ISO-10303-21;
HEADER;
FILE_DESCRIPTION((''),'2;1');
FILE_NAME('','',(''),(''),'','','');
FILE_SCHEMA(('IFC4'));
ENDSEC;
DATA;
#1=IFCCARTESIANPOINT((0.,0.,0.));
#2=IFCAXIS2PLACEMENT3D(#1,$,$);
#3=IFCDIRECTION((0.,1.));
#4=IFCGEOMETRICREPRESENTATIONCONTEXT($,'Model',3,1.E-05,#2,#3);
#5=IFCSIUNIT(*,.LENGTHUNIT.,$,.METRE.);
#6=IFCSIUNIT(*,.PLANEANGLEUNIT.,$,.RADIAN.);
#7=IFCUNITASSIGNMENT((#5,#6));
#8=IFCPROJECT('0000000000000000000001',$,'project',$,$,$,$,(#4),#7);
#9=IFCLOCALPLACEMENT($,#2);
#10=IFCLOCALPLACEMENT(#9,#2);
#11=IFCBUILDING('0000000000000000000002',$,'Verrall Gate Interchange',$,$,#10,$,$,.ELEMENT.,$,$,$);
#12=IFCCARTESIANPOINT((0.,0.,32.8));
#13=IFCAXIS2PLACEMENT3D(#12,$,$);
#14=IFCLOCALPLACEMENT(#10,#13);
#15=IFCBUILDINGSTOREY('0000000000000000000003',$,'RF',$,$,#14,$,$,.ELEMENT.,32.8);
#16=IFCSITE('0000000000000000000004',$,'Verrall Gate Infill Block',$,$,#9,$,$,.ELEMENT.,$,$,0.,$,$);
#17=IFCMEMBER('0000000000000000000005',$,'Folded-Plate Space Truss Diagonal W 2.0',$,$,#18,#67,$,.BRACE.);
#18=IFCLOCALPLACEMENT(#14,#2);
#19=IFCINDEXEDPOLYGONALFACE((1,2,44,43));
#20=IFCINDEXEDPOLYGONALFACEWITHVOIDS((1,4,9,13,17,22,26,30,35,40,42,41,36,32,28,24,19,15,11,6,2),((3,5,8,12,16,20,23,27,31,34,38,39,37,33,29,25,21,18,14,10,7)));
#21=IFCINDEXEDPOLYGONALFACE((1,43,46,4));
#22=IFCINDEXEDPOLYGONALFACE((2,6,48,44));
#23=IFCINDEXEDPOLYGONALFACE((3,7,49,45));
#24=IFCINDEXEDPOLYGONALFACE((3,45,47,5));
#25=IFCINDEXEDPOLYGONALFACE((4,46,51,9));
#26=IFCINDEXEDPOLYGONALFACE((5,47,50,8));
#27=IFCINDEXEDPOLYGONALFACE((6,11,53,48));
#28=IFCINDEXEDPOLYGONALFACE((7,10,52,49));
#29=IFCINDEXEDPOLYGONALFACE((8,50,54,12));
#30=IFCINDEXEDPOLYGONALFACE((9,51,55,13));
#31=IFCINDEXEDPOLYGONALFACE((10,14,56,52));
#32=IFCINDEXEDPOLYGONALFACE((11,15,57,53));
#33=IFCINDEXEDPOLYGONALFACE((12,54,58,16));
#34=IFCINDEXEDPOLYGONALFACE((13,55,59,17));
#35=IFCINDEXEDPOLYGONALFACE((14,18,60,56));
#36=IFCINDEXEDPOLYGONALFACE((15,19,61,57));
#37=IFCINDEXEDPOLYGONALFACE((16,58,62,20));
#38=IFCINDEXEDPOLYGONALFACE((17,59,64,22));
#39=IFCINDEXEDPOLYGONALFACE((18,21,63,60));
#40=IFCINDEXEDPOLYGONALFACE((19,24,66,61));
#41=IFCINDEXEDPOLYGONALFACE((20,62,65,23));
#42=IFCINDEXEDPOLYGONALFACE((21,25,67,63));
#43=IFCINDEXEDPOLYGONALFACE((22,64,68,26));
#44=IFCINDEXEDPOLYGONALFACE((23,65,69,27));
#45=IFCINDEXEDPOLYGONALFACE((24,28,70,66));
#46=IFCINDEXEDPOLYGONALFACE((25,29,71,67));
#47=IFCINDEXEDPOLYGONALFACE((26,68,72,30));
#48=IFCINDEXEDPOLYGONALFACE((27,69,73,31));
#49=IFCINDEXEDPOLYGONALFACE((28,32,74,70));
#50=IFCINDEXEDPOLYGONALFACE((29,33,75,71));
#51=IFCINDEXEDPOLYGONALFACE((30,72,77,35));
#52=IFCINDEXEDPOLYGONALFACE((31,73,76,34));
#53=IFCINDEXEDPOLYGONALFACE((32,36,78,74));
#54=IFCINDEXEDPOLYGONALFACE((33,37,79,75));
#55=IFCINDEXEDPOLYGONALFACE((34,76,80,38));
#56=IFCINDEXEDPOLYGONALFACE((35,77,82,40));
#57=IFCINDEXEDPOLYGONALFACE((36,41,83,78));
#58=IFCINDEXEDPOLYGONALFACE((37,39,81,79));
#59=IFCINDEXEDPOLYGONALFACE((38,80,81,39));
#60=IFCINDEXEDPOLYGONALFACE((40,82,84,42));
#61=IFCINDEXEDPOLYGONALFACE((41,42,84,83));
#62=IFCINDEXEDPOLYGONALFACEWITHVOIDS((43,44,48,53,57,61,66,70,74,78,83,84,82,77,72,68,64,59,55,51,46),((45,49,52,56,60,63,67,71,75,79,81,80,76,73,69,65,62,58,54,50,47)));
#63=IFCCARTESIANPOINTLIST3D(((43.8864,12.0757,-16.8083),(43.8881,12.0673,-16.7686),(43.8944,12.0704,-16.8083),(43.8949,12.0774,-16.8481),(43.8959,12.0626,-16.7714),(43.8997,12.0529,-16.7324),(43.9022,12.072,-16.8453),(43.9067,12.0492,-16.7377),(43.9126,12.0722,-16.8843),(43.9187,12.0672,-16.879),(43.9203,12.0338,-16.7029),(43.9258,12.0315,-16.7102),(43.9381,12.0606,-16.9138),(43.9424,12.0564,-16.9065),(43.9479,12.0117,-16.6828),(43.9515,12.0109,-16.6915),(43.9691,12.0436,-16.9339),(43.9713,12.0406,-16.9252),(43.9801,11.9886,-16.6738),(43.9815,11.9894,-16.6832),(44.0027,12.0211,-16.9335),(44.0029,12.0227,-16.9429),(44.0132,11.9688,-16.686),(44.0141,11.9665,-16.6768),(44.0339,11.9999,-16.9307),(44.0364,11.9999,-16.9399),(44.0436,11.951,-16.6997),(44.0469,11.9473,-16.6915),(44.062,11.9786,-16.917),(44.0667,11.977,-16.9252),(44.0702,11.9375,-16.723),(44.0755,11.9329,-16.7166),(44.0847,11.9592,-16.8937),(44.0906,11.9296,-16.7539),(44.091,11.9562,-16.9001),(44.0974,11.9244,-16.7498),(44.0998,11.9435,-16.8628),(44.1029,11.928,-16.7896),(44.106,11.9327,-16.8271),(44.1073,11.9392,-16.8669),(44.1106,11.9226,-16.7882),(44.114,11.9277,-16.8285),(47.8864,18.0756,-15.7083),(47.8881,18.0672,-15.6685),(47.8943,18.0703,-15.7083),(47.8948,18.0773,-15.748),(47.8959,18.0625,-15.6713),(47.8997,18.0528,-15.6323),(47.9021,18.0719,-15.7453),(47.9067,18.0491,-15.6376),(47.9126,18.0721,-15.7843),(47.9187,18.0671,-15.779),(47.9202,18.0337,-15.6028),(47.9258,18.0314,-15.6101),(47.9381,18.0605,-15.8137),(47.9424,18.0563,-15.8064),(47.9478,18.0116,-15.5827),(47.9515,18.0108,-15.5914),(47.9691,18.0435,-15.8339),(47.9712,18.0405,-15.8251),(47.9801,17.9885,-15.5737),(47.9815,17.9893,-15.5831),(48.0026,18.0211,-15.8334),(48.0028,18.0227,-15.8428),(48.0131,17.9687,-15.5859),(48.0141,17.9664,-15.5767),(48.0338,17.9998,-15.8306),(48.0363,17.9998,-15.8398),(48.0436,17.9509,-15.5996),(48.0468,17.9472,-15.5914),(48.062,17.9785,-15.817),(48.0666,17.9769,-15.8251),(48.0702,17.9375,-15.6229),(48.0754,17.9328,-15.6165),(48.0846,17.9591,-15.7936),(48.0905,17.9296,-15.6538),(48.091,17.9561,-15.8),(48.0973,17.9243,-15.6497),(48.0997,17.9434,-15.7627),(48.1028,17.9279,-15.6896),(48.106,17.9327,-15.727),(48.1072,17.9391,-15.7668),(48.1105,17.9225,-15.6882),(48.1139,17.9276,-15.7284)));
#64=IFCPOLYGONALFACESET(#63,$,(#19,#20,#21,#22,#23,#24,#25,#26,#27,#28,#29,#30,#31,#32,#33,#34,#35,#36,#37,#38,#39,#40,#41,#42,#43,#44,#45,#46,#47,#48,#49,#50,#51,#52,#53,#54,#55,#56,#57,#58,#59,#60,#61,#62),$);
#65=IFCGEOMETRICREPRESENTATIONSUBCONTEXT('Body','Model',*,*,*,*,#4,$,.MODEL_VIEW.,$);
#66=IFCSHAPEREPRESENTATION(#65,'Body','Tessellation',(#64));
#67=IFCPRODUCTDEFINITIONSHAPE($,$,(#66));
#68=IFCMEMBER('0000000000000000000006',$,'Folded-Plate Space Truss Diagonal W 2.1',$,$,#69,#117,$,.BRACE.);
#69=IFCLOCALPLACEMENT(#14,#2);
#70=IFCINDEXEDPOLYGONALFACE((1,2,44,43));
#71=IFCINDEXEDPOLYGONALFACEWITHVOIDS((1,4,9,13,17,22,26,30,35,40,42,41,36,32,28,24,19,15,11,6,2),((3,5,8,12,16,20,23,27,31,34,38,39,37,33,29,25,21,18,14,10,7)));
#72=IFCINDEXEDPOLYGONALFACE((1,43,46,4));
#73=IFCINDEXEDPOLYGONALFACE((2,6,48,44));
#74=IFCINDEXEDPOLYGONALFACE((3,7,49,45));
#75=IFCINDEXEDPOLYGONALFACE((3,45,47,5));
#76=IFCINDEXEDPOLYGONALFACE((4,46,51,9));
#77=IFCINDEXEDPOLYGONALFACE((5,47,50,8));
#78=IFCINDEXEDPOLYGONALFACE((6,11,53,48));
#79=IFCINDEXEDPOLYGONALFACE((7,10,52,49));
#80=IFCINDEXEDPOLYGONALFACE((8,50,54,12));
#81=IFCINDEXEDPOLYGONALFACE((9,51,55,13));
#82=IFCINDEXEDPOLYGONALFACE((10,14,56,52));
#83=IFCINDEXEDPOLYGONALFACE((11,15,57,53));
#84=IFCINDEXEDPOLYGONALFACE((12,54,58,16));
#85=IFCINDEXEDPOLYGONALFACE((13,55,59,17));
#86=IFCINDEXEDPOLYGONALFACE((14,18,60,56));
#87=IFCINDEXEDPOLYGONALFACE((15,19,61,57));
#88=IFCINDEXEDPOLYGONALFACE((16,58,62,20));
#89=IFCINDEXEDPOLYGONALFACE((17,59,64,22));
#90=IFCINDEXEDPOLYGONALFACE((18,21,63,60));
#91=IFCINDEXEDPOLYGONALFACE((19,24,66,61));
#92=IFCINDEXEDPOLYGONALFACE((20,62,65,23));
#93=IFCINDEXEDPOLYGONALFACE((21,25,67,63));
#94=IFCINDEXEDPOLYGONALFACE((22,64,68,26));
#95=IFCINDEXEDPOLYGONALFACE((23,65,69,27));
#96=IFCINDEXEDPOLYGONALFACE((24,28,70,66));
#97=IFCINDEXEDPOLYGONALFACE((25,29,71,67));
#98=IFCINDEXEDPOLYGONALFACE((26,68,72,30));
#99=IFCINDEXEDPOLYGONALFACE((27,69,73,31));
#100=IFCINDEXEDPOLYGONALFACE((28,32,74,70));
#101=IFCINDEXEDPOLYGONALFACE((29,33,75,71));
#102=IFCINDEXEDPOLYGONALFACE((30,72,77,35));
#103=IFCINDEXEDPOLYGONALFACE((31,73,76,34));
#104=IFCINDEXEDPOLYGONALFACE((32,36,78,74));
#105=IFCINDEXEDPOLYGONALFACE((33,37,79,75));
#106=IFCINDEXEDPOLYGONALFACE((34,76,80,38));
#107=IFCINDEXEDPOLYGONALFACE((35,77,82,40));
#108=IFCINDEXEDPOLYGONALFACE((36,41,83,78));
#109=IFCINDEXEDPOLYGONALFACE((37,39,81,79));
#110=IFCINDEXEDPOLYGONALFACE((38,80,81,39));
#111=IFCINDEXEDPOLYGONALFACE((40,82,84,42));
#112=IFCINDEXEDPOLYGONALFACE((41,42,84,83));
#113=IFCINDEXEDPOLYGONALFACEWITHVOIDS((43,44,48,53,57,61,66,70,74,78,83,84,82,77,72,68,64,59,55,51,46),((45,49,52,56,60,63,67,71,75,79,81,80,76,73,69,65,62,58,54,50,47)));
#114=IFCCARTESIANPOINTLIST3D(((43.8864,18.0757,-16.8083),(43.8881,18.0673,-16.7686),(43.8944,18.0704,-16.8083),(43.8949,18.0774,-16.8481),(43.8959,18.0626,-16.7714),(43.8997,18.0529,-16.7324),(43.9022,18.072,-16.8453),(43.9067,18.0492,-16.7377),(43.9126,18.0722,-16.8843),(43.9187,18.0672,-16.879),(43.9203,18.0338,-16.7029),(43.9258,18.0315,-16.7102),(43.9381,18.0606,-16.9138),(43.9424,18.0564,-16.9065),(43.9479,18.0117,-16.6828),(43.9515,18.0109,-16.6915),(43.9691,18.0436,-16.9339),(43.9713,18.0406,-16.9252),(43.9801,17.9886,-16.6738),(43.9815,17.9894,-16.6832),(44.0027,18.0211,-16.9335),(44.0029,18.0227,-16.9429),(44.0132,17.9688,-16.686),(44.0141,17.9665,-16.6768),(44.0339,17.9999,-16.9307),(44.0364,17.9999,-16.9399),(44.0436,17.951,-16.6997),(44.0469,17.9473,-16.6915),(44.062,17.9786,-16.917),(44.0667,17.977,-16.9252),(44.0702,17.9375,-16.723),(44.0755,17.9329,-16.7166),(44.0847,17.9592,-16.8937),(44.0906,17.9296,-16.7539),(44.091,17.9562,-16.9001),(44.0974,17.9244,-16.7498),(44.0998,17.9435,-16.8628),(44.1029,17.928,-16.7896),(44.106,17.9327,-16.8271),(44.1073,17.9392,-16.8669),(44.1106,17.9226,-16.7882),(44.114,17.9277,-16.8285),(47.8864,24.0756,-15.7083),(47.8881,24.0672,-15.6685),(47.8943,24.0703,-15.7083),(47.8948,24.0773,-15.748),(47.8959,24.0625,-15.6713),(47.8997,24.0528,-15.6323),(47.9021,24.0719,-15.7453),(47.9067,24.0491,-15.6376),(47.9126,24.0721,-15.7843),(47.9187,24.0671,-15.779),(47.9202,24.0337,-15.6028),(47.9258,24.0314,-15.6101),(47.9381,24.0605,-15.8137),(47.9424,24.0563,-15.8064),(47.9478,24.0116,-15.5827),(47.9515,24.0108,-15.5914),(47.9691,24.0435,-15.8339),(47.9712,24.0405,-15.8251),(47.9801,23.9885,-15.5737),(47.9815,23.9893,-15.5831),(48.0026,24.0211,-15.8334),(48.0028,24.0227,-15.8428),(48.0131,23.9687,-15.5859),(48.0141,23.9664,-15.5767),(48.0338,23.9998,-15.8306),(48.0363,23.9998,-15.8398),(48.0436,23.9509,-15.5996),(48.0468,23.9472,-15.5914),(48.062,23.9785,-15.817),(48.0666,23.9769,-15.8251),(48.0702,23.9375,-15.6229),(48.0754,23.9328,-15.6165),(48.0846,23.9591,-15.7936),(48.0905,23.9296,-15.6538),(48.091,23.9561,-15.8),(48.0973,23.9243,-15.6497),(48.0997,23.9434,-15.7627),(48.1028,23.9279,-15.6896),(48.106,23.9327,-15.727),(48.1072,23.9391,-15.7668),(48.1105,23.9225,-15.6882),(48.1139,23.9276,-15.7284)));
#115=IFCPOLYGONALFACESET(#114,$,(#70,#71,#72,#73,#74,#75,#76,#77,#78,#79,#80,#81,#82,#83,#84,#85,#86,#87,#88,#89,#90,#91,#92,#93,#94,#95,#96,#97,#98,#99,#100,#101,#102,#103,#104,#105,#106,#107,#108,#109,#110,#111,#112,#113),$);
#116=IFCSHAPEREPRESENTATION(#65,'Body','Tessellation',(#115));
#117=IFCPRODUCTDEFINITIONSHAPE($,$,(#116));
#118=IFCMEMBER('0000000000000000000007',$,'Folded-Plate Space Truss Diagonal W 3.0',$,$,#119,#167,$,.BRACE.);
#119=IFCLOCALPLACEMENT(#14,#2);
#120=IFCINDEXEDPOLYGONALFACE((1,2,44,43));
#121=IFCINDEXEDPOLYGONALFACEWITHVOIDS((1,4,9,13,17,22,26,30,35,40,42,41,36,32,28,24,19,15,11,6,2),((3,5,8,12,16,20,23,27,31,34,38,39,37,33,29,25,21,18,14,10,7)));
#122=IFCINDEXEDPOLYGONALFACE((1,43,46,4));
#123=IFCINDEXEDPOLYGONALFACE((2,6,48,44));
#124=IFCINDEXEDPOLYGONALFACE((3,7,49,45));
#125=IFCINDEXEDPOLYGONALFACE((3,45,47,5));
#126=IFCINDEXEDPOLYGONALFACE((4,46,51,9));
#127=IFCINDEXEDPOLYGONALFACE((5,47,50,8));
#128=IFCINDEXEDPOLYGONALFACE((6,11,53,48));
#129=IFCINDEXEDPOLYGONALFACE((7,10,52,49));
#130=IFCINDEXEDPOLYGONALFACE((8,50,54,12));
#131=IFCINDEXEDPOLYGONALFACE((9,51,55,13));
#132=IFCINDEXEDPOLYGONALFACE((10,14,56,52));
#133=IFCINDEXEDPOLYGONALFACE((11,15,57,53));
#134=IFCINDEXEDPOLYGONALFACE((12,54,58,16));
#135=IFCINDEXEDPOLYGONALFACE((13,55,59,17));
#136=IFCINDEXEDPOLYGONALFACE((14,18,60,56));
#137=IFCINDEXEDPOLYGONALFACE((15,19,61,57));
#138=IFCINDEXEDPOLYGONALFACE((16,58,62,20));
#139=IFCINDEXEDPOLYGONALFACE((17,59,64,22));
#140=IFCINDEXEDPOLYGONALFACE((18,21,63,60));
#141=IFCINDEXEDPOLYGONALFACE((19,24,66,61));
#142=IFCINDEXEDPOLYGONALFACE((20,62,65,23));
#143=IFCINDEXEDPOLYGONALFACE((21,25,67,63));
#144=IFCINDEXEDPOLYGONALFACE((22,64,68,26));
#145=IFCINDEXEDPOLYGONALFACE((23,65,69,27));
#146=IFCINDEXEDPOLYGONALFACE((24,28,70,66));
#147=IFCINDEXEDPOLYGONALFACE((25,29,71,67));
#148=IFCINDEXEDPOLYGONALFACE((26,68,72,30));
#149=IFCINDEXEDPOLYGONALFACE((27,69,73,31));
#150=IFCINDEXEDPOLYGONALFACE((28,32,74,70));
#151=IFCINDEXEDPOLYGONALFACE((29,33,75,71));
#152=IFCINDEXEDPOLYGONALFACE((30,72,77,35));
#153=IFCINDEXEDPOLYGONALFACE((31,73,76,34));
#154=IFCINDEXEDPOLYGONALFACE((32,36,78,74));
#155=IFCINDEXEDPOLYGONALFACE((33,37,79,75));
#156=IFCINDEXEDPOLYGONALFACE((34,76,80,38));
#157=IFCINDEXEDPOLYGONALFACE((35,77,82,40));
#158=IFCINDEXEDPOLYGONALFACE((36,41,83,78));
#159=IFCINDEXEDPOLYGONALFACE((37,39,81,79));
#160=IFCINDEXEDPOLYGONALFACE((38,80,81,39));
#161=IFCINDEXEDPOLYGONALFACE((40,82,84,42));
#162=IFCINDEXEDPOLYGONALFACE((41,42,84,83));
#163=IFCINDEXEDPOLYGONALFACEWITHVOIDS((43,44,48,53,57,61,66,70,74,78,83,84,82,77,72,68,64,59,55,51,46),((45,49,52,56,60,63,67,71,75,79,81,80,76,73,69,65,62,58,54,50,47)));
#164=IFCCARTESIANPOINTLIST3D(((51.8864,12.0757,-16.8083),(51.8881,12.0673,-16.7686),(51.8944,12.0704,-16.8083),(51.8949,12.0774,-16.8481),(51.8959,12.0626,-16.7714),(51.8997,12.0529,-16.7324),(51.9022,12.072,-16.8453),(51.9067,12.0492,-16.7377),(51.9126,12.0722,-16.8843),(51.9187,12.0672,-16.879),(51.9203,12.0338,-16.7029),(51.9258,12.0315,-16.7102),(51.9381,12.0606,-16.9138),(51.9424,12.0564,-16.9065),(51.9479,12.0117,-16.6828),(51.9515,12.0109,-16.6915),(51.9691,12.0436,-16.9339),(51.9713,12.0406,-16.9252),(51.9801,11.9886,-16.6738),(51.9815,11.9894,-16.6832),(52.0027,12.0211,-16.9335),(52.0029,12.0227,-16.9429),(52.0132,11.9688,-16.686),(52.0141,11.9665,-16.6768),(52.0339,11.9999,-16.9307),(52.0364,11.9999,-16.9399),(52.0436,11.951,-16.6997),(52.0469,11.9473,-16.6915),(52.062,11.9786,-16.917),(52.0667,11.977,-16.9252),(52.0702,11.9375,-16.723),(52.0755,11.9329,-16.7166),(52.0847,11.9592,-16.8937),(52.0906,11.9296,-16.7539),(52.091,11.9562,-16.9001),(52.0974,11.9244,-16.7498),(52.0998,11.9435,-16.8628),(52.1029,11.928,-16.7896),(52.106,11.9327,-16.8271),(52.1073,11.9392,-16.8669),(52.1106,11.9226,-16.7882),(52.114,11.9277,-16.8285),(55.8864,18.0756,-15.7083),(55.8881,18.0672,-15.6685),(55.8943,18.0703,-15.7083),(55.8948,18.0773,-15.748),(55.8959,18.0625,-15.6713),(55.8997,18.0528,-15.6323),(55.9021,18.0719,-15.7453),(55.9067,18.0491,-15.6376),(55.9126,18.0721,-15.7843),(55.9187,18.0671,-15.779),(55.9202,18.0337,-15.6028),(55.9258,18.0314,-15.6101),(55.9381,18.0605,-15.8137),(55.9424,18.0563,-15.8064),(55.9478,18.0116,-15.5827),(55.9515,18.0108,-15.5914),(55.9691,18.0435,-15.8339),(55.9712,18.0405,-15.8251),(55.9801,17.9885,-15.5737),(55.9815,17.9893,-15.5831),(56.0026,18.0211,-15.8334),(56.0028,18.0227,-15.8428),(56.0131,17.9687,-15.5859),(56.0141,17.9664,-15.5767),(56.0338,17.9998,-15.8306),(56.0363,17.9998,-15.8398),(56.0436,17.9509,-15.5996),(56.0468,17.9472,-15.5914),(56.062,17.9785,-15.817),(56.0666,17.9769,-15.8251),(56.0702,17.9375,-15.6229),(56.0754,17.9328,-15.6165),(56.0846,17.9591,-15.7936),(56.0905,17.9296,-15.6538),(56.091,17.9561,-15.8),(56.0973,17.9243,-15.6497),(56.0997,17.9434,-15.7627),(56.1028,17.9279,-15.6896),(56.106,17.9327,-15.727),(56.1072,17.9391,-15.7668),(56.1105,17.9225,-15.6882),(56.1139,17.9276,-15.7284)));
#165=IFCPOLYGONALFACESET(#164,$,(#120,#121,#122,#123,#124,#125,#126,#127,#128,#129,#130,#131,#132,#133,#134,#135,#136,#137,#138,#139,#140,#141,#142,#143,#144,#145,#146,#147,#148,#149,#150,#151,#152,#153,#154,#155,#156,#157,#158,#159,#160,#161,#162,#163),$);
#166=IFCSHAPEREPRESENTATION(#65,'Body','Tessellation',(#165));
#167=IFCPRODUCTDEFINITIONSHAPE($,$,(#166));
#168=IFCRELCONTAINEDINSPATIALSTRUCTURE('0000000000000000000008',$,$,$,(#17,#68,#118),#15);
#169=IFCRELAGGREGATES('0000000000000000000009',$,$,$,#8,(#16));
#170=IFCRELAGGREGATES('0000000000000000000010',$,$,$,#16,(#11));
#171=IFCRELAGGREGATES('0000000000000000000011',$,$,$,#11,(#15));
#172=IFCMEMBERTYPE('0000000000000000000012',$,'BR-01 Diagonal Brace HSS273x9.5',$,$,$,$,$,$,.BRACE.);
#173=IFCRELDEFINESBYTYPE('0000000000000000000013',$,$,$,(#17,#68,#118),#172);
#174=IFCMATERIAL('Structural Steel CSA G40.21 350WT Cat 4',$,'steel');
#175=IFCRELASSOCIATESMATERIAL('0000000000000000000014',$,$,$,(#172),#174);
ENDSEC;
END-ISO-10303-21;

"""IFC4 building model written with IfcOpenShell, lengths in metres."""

from ifc_helpers import new_model, si_unit, direction, frame, origin, origin_2d, place, context, subcontext, project, spatial, hollow_circle, extrude, material, material_profile, profile_set, type_object, element, save


model = new_model("IFC4")

# Units and contexts
model_context = context("Model", 3, precision=1e-05, world=origin(), true_north=direction((0.0, 1.0)))
body_context = subcontext(model_context, "Body", "Model", "MODEL_VIEW")
ifc_project = project(units=[si_unit("LENGTHUNIT", "METRE"), si_unit("PLANEANGLEUNIT", "RADIAN")], contexts=[model_context])

# Site, building, storey
site_placement = place(None, origin())
site = spatial("IfcSite", under=ifc_project, at=site_placement, Name="Verrall Gate Infill Block", CompositionType="ELEMENT", RefElevation=0.0)
building_placement = place(site_placement, origin())
building = spatial("IfcBuilding", under=site, at=building_placement, Name="Verrall Gate Interchange", CompositionType="ELEMENT")
storey_placement = place(building_placement, frame((0.0, 0.0, 32.8)))
storey = spatial("IfcBuildingStorey", under=building, at=storey_placement, Name="RF", CompositionType="ELEMENT", Elevation=32.8)

# Members
ifc_material_1 = material(Name="Structural Steel CSA G40.21 350WT Cat 4", Category="steel")
ifc_material_profile_1 = material_profile(ifc_material_1, hollow_circle(Radius=0.1365, WallThickness=0.0095, at=origin_2d()), Name="HSS273x9.5")
ifc_profile_set_1 = profile_set([ifc_material_profile_1], Name="Structural Steel CSA G40.21 350WT Cat 4")
member_type_1 = type_object("IfcMemberType", Name="BR-01 Diagonal Brace HSS273x9.5", PredefinedType="BRACE", material=ifc_profile_set_1)
for number, where, z_axis, x_axis, name in (
    (1, (44.0, 12.0, -16.8083), (0.548356, 0.822534, 0.150811), (-0.83205, 0.5547, 0.0), "Folded-Plate Space Truss Diagonal W 2.0"),
    (2, (44.0, 18.0, -16.8083), (0.548356, 0.822534, 0.150811), (-0.83205, 0.5547, 0.0), "Folded-Plate Space Truss Diagonal W 2.1"),
    (3, (52.0, 12.0, -16.8083), (0.548356, 0.822534, 0.150811), (-0.83205, 0.5547, 0.0), "Folded-Plate Space Truss Diagonal W 3.0"),
):
    element("IfcMember", number, at=place(storey_placement, frame(where, z_axis=z_axis, x_axis=x_axis)), inside=storey, type_object=member_type_1, Name=name, PredefinedType="BRACE", context=body_context, shape_type="SweptSolid", body=[
        extrude(hollow_circle(Radius=0.1365, WallThickness=0.0095, at=origin_2d()), origin(), (0.0, 0.0, 1.0), 7.2944),
    ])

save(model, "model.ifc")
